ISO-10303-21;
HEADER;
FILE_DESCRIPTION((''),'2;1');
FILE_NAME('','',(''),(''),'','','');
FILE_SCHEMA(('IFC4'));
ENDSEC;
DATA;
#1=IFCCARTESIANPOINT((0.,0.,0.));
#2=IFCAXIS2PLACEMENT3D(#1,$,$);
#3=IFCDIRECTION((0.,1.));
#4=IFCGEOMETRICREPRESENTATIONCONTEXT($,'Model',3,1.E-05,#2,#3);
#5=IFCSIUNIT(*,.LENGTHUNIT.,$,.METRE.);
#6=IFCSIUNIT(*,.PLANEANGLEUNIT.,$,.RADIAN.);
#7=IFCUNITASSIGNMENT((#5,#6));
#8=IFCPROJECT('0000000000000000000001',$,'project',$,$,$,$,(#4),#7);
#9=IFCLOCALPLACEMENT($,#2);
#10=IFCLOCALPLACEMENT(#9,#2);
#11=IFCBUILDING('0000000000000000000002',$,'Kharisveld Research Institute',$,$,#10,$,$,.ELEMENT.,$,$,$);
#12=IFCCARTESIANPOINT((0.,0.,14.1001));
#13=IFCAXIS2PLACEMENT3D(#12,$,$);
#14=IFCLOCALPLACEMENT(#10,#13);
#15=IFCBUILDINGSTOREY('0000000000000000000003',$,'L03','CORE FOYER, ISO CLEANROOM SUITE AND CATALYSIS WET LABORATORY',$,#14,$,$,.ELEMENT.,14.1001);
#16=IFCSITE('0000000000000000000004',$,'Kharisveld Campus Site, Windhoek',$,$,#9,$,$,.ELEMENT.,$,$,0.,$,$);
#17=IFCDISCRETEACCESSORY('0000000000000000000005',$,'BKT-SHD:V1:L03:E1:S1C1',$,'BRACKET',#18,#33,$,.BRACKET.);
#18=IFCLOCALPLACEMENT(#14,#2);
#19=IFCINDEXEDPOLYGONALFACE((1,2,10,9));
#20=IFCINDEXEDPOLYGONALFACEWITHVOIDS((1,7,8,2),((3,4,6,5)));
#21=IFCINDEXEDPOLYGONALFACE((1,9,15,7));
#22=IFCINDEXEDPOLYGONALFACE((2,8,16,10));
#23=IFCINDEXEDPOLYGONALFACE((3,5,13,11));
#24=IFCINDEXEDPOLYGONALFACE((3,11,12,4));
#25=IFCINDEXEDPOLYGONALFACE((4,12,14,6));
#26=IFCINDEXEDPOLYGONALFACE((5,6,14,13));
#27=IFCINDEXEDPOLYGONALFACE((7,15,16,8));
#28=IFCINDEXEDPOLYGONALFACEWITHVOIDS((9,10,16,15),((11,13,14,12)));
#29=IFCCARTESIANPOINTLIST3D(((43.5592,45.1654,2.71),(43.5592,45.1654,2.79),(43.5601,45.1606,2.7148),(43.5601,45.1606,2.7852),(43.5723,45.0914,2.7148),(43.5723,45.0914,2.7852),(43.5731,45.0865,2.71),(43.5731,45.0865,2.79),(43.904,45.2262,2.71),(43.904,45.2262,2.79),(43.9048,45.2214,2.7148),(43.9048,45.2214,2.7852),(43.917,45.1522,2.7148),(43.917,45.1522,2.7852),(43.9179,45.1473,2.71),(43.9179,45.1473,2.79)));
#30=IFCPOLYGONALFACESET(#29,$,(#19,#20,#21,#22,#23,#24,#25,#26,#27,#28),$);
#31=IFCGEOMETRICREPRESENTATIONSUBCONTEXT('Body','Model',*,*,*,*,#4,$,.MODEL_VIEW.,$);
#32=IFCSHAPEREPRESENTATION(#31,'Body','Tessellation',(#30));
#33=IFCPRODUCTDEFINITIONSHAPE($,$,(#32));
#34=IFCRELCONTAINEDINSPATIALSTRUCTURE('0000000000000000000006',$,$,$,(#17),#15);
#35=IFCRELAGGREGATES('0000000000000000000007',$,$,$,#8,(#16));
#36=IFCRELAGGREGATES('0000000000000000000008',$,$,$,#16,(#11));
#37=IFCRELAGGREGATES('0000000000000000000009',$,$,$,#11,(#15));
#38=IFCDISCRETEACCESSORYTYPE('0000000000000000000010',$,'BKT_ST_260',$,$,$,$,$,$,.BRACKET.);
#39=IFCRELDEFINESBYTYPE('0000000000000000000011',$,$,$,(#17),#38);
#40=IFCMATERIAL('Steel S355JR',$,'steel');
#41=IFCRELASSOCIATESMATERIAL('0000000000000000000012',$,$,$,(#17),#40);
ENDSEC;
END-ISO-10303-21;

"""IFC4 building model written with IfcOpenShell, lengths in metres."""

from ifc_helpers import new_model, si_unit, direction, frame, origin, origin_2d, place, context, subcontext, project, spatial, hollow_rectangle, extrude, material, type_object, element, save


model = new_model("IFC4")

# Units and contexts
model_context = context("Model", 3, precision=1e-05, world=origin(), true_north=direction((0.0, 1.0)))
body_context = subcontext(model_context, "Body", "Model", "MODEL_VIEW")
ifc_project = project(units=[si_unit("LENGTHUNIT", "METRE"), si_unit("PLANEANGLEUNIT", "RADIAN")], contexts=[model_context])

# Site, building, storey
site_placement = place(None, origin())
site = spatial("IfcSite", under=ifc_project, at=site_placement, Name="Kharisveld Campus Site, Windhoek", CompositionType="ELEMENT", RefElevation=0.0)
building_placement = place(site_placement, origin())
building = spatial("IfcBuilding", under=site, at=building_placement, Name="Kharisveld Research Institute", CompositionType="ELEMENT")
storey_placement = place(building_placement, frame((0.0, 0.0, 14.1001)))
storey = spatial("IfcBuildingStorey", under=building, at=storey_placement, Name="L03", Description="CORE FOYER, ISO CLEANROOM SUITE AND CATALYSIS WET LABORATORY", CompositionType="ELEMENT", Elevation=14.1001)

# Discrete accessory
ifc_material_1 = material(Name="Steel S355JR", Category="steel")
discrete_accessory_type = type_object("IfcDiscreteAccessoryType", Name="BKT_ST_260", PredefinedType="BRACKET")
for number, where, z_axis, x_axis, name in (
    (1, (43.5662, 45.126, 2.75), (0.984805, 0.173666, 0.0), (-0.173666, 0.984805, 0.0), "BKT-SHD:V1:L03:E1:S1C1"),
):
    element("IfcDiscreteAccessory", number, at=place(storey_placement, frame(where, z_axis=z_axis, x_axis=x_axis)), inside=storey, type_object=discrete_accessory_type, material=ifc_material_1, Name=name, ObjectType="BRACKET", PredefinedType="BRACKET", context=body_context, shape_type="SweptSolid", body=[
        extrude(hollow_rectangle(XDim=0.0801, YDim=0.0801, WallThickness=0.0049, at=origin_2d()), origin(), (0.0, 0.0, 1.0), 0.3501),
    ])

save(model, "model.ifc")
